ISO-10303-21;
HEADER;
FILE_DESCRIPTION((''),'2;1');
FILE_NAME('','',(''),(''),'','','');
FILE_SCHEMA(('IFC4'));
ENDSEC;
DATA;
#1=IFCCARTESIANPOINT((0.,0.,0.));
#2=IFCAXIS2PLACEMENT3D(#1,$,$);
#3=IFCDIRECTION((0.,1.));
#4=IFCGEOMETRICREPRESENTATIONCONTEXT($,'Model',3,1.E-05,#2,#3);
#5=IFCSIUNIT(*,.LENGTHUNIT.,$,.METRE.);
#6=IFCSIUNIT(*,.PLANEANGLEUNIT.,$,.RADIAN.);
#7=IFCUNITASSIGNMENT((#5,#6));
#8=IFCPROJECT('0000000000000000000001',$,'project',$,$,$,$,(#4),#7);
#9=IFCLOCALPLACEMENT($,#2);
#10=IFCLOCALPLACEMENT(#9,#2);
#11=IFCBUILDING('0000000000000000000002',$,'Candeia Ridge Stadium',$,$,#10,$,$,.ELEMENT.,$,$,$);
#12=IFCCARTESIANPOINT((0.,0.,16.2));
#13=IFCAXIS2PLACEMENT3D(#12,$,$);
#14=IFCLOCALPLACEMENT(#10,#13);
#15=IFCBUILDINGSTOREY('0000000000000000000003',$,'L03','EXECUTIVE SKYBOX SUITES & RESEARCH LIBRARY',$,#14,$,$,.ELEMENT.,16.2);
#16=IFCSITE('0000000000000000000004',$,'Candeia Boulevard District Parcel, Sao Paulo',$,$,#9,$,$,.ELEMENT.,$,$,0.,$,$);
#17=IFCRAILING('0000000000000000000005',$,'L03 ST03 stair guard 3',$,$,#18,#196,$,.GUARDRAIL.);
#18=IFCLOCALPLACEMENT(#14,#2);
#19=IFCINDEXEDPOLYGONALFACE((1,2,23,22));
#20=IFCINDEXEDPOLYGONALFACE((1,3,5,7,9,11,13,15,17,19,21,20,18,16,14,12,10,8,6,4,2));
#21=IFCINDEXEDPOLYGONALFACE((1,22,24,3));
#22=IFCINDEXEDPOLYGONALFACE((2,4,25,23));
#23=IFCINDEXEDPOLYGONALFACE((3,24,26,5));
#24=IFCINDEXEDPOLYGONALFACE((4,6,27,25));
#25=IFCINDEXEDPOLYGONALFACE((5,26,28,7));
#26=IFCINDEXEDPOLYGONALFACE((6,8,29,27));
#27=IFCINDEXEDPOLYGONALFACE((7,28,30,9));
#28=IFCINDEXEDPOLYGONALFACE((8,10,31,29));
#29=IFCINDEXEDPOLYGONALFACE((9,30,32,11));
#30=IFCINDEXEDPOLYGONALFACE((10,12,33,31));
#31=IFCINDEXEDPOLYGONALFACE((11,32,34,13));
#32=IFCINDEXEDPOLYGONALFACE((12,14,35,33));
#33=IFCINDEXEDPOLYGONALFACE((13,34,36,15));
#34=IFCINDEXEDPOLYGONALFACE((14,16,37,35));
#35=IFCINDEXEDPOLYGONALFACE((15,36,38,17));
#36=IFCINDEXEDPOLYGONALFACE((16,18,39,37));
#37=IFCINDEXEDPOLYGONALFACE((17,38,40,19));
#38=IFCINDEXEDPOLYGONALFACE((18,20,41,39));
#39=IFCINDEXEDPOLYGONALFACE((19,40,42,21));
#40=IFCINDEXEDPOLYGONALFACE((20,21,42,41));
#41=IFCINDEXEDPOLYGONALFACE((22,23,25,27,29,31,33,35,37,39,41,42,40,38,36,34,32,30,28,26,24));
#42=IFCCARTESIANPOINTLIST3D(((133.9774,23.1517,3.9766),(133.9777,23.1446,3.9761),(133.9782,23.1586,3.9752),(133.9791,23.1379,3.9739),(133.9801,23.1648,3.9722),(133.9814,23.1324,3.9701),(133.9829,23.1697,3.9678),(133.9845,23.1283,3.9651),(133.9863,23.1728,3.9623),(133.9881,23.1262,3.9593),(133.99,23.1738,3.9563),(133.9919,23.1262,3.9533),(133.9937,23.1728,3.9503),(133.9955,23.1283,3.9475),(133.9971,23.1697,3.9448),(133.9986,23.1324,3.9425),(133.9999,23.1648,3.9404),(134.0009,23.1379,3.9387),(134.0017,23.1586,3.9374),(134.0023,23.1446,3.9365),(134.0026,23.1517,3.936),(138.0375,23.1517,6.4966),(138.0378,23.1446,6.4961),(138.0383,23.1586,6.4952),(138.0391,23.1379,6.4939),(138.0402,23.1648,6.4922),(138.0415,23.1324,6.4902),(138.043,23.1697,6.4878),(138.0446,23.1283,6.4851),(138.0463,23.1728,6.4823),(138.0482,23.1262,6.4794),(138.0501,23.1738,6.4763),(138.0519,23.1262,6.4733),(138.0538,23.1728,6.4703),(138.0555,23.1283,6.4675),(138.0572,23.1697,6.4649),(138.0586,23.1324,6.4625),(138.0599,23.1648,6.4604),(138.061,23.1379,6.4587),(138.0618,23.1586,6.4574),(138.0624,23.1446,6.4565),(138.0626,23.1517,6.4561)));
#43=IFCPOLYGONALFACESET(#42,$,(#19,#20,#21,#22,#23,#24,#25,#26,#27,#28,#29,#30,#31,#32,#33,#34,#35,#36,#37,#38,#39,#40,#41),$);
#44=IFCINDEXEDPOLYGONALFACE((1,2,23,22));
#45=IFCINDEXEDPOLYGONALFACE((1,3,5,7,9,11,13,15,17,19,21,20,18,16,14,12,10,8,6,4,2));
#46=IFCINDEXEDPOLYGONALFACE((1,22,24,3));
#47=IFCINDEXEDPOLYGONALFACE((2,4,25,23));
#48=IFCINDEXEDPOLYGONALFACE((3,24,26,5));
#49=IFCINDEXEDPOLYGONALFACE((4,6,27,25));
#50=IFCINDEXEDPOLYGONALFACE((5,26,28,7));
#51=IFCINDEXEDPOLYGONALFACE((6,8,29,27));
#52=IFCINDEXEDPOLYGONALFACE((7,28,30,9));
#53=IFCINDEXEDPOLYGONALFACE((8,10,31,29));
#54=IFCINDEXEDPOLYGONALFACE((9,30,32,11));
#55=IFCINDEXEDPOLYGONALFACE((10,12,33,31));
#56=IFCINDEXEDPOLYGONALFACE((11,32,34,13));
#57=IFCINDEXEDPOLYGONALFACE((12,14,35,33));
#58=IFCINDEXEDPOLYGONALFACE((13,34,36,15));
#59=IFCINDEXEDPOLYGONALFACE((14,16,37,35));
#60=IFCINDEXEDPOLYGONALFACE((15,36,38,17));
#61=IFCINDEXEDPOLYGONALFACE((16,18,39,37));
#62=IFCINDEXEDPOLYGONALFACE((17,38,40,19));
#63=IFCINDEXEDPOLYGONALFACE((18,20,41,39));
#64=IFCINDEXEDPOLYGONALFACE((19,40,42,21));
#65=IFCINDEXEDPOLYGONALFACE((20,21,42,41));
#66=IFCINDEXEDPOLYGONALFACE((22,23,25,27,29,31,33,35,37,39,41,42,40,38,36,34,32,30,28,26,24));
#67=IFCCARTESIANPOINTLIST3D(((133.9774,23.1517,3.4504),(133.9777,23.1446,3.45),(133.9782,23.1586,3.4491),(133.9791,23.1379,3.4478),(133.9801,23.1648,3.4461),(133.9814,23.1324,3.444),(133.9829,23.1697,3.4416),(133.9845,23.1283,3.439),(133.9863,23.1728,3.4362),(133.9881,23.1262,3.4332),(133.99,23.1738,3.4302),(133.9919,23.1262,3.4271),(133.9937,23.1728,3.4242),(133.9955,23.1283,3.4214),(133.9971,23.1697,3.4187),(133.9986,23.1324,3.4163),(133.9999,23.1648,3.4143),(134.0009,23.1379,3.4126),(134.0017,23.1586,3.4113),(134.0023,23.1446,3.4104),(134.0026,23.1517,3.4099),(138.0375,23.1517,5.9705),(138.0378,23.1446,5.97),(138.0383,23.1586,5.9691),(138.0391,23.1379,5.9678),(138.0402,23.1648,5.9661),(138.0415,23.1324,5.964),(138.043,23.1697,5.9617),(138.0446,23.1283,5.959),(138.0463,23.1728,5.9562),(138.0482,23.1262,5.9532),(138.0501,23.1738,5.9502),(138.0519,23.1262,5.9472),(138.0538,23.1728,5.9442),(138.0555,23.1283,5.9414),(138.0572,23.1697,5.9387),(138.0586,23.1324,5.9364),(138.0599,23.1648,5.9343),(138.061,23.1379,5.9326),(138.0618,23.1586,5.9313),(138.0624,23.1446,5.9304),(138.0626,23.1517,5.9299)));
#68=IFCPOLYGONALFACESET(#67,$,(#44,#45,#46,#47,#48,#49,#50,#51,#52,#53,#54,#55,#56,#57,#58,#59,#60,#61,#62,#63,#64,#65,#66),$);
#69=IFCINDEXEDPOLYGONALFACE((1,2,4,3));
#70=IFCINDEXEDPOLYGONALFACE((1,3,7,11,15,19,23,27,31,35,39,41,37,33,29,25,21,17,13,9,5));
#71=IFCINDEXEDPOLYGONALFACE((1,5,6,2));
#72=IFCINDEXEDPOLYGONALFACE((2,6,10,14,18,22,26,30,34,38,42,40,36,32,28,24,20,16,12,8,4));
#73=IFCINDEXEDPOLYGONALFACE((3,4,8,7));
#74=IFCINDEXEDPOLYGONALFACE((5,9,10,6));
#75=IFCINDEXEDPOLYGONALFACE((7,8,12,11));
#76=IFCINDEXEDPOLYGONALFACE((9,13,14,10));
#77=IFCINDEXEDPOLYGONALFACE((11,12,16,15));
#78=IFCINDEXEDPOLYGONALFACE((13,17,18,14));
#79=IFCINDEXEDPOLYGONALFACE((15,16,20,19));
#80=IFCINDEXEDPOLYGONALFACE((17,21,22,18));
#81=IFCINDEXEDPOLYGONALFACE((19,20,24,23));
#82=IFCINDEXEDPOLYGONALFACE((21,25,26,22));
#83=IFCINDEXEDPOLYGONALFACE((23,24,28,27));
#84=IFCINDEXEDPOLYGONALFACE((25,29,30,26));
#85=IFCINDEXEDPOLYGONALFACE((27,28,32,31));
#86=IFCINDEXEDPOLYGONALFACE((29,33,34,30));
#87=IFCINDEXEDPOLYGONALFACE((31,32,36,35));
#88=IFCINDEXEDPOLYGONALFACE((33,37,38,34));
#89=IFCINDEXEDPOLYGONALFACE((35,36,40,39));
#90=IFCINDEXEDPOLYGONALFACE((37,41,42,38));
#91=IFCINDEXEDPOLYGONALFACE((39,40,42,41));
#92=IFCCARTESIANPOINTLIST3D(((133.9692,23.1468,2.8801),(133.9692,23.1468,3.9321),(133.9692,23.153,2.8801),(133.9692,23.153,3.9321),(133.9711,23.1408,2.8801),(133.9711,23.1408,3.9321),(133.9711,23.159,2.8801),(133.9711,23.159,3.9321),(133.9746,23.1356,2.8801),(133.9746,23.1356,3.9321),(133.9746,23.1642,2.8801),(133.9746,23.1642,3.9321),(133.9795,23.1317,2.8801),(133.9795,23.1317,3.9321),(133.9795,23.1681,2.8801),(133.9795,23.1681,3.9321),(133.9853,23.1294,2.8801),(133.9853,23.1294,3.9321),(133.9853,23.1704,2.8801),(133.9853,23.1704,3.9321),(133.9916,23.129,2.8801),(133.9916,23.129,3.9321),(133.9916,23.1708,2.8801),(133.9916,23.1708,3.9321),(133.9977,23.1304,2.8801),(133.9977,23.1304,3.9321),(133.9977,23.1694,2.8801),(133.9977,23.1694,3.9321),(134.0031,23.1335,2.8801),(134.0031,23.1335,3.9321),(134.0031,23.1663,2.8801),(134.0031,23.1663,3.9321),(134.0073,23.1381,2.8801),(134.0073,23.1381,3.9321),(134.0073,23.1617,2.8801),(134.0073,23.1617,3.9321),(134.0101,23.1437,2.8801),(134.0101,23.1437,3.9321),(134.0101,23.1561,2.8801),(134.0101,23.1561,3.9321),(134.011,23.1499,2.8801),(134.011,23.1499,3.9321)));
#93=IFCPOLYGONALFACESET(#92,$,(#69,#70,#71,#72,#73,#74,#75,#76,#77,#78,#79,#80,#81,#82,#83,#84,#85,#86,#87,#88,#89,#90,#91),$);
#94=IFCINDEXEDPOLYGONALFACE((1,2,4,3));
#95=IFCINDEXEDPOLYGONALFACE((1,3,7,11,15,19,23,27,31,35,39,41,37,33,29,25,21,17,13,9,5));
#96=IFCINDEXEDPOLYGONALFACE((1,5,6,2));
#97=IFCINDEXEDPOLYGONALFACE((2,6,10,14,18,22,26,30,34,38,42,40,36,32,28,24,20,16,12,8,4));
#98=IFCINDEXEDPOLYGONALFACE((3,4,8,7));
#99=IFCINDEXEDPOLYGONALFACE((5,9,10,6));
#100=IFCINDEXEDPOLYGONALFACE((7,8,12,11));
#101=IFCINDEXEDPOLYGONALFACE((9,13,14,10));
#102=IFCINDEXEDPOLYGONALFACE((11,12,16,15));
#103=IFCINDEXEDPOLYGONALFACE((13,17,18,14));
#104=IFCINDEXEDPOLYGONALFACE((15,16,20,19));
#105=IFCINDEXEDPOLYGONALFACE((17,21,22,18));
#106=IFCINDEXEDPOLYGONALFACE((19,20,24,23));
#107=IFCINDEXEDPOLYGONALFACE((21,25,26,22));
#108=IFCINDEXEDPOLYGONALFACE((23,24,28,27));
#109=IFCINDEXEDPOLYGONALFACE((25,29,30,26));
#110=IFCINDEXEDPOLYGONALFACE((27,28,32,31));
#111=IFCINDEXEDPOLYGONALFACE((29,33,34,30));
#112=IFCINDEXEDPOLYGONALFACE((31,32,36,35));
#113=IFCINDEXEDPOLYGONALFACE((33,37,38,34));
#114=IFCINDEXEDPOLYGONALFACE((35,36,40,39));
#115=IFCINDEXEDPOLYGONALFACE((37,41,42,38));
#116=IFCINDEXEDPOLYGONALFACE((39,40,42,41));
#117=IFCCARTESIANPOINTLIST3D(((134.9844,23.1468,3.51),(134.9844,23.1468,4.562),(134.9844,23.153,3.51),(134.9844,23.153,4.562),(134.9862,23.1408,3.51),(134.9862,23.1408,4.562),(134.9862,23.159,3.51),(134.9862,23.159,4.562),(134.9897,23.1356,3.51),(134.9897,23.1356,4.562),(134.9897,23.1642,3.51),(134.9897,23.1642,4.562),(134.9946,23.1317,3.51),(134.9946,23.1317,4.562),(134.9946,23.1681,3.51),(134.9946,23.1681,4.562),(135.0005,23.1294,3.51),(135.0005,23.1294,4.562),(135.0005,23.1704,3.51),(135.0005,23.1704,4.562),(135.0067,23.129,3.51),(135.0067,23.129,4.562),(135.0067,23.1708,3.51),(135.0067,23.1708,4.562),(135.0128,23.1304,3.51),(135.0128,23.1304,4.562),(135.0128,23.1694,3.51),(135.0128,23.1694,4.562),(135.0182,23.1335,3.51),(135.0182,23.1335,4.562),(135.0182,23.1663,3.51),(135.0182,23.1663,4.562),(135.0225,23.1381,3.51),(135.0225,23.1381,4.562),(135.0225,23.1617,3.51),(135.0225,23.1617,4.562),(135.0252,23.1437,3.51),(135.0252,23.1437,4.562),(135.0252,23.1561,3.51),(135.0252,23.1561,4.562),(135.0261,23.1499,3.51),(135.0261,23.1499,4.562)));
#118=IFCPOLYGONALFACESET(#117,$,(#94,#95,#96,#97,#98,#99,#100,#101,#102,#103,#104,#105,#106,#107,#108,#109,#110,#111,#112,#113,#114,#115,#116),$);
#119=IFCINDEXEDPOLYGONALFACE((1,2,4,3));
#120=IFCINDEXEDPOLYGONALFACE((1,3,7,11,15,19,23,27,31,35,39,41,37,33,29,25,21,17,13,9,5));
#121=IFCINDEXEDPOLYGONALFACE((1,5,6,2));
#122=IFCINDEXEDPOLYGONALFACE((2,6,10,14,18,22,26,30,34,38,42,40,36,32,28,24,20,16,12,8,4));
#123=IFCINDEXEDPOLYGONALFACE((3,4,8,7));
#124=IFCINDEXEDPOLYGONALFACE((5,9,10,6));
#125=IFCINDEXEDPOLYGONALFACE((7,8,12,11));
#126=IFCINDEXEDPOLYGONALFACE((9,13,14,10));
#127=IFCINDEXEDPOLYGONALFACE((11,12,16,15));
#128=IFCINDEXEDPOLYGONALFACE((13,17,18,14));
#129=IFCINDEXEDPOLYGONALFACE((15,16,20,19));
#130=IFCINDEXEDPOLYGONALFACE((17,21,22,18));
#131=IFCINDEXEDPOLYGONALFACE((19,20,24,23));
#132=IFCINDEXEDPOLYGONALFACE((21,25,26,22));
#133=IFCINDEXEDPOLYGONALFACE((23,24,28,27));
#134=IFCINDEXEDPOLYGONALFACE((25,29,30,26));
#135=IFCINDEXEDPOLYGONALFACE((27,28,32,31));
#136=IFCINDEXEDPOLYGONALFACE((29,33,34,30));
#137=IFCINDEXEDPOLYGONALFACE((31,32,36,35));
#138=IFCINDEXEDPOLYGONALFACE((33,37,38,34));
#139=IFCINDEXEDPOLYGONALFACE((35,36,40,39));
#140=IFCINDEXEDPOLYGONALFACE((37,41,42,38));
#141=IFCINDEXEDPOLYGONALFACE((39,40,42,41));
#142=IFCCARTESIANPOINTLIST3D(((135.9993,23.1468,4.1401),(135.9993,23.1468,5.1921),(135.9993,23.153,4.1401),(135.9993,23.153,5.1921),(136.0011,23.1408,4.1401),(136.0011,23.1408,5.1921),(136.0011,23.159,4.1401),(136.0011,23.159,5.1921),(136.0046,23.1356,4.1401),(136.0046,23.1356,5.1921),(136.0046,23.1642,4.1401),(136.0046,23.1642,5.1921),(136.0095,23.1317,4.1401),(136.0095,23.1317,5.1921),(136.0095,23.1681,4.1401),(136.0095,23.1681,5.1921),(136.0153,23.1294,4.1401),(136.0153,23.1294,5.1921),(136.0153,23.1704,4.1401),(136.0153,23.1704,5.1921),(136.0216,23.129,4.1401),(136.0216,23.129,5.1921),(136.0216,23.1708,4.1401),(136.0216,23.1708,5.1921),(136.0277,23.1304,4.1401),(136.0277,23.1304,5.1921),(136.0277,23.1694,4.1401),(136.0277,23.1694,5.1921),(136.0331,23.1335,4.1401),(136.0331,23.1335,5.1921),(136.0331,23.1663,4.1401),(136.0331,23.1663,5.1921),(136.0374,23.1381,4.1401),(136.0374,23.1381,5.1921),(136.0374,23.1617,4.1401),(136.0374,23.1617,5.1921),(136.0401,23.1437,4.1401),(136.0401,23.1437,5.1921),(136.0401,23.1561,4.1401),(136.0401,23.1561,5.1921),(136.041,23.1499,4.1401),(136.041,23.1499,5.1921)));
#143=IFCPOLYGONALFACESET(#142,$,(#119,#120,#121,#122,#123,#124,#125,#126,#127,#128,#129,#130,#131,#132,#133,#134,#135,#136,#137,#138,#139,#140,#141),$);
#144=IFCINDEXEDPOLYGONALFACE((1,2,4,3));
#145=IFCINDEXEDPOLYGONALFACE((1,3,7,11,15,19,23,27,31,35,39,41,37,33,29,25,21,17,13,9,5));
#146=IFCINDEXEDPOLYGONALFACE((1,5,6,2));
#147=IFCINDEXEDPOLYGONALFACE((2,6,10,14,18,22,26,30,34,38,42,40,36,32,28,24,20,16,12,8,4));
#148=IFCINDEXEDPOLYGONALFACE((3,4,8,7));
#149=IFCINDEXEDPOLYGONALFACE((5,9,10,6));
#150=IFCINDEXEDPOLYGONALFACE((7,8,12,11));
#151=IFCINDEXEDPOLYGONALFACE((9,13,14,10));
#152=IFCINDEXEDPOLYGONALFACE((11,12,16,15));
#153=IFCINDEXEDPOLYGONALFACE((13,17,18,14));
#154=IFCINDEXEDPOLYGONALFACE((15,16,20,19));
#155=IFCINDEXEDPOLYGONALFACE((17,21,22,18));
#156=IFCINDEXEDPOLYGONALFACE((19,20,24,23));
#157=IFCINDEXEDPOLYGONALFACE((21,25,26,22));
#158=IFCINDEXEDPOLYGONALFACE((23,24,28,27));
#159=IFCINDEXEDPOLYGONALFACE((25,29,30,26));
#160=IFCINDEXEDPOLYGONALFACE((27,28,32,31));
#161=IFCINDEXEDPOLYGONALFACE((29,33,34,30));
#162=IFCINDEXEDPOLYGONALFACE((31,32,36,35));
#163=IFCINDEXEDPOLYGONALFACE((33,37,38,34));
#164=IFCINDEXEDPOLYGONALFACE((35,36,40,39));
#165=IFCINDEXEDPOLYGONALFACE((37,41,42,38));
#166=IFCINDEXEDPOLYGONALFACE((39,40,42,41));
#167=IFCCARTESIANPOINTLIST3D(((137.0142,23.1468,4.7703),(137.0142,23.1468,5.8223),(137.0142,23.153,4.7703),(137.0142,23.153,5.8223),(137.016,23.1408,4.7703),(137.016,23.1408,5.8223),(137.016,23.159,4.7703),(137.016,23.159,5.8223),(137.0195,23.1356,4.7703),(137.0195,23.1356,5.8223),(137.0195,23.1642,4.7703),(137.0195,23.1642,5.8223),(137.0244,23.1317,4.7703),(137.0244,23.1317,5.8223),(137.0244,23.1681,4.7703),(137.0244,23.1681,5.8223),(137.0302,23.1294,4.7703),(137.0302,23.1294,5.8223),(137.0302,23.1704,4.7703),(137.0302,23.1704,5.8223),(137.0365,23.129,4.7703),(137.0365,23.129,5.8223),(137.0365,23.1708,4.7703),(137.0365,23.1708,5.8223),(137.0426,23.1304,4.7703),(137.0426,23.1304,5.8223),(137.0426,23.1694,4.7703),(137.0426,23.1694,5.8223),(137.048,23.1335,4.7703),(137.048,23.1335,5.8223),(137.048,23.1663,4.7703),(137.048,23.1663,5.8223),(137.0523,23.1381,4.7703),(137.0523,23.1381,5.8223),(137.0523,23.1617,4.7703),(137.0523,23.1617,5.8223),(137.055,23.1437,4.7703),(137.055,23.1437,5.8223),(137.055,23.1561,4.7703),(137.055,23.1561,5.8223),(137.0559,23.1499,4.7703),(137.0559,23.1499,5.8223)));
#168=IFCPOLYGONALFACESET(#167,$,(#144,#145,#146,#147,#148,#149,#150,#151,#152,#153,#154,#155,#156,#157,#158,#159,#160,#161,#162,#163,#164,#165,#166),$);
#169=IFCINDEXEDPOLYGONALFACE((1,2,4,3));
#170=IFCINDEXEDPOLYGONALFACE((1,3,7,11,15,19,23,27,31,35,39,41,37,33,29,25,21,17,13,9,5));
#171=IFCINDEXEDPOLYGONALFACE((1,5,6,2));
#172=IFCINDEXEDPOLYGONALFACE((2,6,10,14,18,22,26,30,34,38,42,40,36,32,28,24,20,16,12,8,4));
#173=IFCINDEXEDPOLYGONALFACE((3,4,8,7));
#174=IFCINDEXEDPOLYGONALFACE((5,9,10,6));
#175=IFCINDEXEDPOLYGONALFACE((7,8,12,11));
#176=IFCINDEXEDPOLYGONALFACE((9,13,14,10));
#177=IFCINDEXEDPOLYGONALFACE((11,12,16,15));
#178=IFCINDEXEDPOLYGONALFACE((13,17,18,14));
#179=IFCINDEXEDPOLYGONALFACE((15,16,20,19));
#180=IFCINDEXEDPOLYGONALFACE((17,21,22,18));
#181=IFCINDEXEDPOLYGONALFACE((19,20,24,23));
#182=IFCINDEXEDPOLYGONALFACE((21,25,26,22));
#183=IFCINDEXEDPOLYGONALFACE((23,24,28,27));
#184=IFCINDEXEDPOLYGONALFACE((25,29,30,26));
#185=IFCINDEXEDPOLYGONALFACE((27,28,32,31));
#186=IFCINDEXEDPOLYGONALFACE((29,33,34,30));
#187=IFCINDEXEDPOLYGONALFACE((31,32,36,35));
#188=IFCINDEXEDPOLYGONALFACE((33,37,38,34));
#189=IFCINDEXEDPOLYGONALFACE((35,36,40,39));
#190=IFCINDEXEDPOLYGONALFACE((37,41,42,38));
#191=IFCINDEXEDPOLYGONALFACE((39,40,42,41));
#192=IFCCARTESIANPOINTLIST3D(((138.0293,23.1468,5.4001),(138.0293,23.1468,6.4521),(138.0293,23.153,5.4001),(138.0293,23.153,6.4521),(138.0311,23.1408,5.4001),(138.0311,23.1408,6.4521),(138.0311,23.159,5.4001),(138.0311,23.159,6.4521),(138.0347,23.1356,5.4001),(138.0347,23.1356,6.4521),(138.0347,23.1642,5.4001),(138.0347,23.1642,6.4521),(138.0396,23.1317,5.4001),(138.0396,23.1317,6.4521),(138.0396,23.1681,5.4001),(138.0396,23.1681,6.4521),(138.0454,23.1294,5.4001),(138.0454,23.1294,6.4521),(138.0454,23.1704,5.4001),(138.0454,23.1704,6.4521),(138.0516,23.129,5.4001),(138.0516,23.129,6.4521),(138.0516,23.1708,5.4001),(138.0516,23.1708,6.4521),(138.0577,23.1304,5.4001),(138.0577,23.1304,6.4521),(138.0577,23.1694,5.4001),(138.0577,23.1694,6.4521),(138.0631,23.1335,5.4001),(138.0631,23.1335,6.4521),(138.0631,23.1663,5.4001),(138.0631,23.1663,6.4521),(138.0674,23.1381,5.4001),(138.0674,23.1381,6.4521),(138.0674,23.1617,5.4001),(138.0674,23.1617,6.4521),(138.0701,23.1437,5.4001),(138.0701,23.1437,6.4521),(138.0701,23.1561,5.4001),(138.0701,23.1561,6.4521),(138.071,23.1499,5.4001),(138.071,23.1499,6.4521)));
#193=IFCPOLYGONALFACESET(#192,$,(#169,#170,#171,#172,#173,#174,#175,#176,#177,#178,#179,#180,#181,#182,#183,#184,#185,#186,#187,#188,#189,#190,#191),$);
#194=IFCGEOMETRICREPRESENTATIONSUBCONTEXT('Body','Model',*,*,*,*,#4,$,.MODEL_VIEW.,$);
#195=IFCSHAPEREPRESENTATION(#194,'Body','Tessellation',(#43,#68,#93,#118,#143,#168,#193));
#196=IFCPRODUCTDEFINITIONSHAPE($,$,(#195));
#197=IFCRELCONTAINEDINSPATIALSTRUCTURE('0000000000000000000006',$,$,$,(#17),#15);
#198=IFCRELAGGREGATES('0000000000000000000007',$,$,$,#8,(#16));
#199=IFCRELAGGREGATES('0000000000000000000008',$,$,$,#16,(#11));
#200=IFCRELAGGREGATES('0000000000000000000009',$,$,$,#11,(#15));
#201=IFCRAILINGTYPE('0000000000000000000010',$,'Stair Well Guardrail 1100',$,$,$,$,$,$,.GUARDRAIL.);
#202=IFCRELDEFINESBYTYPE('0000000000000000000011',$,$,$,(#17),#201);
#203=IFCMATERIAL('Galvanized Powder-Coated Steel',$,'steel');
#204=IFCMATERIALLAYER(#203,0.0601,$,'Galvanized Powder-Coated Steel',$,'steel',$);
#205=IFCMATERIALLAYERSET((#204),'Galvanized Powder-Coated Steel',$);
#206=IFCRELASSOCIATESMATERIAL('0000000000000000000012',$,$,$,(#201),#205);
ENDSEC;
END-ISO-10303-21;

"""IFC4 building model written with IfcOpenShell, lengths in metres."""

from ifc_helpers import new_model, si_unit, direction, frame, origin, origin_2d, place, context, subcontext, project, spatial, circle, extrude, material, layer, layer_set, type_object, element, save


model = new_model("IFC4")

# Units and contexts
model_context = context("Model", 3, precision=1e-05, world=origin(), true_north=direction((0.0, 1.0)))
body_context = subcontext(model_context, "Body", "Model", "MODEL_VIEW")
ifc_project = project(units=[si_unit("LENGTHUNIT", "METRE"), si_unit("PLANEANGLEUNIT", "RADIAN")], contexts=[model_context])

# Site, building, storey
site_placement = place(None, origin())
site = spatial("IfcSite", under=ifc_project, at=site_placement, Name="Candeia Boulevard District Parcel, Sao Paulo", CompositionType="ELEMENT", RefElevation=0.0)
building_placement = place(site_placement, origin())
building = spatial("IfcBuilding", under=site, at=building_placement, Name="Candeia Ridge Stadium", CompositionType="ELEMENT")
storey_placement = place(building_placement, frame((0.0, 0.0, 16.2)))
storey = spatial("IfcBuildingStorey", under=building, at=storey_placement, Name="L03", Description="EXECUTIVE SKYBOX SUITES & RESEARCH LIBRARY", CompositionType="ELEMENT", Elevation=16.2)

# Railing
ifc_material_1 = material(Name="Galvanized Powder-Coated Steel", Category="steel")
ifc_layer_1 = layer(ifc_material_1, 0.0601, Name="Galvanized Powder-Coated Steel", Category="steel")
ifc_layer_set_1 = layer_set([ifc_layer_1], Name="Galvanized Powder-Coated Steel")
railing_type_1 = type_object("IfcRailingType", Name="Stair Well Guardrail 1100", PredefinedType="GUARDRAIL", material=ifc_layer_set_1)
railing_1_placement = place(storey_placement, frame((133.99, 23.1499, 2.8801)))
element("IfcRailing", 1, at=railing_1_placement, inside=storey, type_object=railing_type_1, Name="L03 ST03 stair guard 3", PredefinedType="GUARDRAIL", context=body_context, shape_type="SweptSolid", body=[
    extrude(circle(Radius=0.0239, at=origin_2d()), frame((0.0, 0.0, 1.0762), z_axis=(0.849642, 0.0, 0.52736), x_axis=(0.0, 1.0, 0.0)), (0.0, 0.0, 1.0), 4.7786),
    extrude(circle(Radius=0.0239, at=origin_2d()), frame((0.0, 0.0, 0.55), z_axis=(0.849642, 0.0, 0.52736), x_axis=(0.0, 1.0, 0.0)), (0.0, 0.0, 1.0), 4.7786),
    extrude(circle(Radius=0.021, at=origin_2d()), origin(), (0.0, 0.0, 1.0), 1.052),
    extrude(circle(Radius=0.021, at=origin_2d()), frame((1.0151, 0.0, 0.6299)), (0.0, 0.0, 1.0), 1.052),
    extrude(circle(Radius=0.021, at=origin_2d()), frame((2.03, 0.0, 1.26)), (0.0, 0.0, 1.0), 1.052),
    extrude(circle(Radius=0.021, at=origin_2d()), frame((3.0449, 0.0, 1.8901)), (0.0, 0.0, 1.0), 1.052),
    extrude(circle(Radius=0.021, at=origin_2d()), frame((4.0601, 0.0, 2.52)), (0.0, 0.0, 1.0), 1.052),
])

save(model, "model.ifc")
